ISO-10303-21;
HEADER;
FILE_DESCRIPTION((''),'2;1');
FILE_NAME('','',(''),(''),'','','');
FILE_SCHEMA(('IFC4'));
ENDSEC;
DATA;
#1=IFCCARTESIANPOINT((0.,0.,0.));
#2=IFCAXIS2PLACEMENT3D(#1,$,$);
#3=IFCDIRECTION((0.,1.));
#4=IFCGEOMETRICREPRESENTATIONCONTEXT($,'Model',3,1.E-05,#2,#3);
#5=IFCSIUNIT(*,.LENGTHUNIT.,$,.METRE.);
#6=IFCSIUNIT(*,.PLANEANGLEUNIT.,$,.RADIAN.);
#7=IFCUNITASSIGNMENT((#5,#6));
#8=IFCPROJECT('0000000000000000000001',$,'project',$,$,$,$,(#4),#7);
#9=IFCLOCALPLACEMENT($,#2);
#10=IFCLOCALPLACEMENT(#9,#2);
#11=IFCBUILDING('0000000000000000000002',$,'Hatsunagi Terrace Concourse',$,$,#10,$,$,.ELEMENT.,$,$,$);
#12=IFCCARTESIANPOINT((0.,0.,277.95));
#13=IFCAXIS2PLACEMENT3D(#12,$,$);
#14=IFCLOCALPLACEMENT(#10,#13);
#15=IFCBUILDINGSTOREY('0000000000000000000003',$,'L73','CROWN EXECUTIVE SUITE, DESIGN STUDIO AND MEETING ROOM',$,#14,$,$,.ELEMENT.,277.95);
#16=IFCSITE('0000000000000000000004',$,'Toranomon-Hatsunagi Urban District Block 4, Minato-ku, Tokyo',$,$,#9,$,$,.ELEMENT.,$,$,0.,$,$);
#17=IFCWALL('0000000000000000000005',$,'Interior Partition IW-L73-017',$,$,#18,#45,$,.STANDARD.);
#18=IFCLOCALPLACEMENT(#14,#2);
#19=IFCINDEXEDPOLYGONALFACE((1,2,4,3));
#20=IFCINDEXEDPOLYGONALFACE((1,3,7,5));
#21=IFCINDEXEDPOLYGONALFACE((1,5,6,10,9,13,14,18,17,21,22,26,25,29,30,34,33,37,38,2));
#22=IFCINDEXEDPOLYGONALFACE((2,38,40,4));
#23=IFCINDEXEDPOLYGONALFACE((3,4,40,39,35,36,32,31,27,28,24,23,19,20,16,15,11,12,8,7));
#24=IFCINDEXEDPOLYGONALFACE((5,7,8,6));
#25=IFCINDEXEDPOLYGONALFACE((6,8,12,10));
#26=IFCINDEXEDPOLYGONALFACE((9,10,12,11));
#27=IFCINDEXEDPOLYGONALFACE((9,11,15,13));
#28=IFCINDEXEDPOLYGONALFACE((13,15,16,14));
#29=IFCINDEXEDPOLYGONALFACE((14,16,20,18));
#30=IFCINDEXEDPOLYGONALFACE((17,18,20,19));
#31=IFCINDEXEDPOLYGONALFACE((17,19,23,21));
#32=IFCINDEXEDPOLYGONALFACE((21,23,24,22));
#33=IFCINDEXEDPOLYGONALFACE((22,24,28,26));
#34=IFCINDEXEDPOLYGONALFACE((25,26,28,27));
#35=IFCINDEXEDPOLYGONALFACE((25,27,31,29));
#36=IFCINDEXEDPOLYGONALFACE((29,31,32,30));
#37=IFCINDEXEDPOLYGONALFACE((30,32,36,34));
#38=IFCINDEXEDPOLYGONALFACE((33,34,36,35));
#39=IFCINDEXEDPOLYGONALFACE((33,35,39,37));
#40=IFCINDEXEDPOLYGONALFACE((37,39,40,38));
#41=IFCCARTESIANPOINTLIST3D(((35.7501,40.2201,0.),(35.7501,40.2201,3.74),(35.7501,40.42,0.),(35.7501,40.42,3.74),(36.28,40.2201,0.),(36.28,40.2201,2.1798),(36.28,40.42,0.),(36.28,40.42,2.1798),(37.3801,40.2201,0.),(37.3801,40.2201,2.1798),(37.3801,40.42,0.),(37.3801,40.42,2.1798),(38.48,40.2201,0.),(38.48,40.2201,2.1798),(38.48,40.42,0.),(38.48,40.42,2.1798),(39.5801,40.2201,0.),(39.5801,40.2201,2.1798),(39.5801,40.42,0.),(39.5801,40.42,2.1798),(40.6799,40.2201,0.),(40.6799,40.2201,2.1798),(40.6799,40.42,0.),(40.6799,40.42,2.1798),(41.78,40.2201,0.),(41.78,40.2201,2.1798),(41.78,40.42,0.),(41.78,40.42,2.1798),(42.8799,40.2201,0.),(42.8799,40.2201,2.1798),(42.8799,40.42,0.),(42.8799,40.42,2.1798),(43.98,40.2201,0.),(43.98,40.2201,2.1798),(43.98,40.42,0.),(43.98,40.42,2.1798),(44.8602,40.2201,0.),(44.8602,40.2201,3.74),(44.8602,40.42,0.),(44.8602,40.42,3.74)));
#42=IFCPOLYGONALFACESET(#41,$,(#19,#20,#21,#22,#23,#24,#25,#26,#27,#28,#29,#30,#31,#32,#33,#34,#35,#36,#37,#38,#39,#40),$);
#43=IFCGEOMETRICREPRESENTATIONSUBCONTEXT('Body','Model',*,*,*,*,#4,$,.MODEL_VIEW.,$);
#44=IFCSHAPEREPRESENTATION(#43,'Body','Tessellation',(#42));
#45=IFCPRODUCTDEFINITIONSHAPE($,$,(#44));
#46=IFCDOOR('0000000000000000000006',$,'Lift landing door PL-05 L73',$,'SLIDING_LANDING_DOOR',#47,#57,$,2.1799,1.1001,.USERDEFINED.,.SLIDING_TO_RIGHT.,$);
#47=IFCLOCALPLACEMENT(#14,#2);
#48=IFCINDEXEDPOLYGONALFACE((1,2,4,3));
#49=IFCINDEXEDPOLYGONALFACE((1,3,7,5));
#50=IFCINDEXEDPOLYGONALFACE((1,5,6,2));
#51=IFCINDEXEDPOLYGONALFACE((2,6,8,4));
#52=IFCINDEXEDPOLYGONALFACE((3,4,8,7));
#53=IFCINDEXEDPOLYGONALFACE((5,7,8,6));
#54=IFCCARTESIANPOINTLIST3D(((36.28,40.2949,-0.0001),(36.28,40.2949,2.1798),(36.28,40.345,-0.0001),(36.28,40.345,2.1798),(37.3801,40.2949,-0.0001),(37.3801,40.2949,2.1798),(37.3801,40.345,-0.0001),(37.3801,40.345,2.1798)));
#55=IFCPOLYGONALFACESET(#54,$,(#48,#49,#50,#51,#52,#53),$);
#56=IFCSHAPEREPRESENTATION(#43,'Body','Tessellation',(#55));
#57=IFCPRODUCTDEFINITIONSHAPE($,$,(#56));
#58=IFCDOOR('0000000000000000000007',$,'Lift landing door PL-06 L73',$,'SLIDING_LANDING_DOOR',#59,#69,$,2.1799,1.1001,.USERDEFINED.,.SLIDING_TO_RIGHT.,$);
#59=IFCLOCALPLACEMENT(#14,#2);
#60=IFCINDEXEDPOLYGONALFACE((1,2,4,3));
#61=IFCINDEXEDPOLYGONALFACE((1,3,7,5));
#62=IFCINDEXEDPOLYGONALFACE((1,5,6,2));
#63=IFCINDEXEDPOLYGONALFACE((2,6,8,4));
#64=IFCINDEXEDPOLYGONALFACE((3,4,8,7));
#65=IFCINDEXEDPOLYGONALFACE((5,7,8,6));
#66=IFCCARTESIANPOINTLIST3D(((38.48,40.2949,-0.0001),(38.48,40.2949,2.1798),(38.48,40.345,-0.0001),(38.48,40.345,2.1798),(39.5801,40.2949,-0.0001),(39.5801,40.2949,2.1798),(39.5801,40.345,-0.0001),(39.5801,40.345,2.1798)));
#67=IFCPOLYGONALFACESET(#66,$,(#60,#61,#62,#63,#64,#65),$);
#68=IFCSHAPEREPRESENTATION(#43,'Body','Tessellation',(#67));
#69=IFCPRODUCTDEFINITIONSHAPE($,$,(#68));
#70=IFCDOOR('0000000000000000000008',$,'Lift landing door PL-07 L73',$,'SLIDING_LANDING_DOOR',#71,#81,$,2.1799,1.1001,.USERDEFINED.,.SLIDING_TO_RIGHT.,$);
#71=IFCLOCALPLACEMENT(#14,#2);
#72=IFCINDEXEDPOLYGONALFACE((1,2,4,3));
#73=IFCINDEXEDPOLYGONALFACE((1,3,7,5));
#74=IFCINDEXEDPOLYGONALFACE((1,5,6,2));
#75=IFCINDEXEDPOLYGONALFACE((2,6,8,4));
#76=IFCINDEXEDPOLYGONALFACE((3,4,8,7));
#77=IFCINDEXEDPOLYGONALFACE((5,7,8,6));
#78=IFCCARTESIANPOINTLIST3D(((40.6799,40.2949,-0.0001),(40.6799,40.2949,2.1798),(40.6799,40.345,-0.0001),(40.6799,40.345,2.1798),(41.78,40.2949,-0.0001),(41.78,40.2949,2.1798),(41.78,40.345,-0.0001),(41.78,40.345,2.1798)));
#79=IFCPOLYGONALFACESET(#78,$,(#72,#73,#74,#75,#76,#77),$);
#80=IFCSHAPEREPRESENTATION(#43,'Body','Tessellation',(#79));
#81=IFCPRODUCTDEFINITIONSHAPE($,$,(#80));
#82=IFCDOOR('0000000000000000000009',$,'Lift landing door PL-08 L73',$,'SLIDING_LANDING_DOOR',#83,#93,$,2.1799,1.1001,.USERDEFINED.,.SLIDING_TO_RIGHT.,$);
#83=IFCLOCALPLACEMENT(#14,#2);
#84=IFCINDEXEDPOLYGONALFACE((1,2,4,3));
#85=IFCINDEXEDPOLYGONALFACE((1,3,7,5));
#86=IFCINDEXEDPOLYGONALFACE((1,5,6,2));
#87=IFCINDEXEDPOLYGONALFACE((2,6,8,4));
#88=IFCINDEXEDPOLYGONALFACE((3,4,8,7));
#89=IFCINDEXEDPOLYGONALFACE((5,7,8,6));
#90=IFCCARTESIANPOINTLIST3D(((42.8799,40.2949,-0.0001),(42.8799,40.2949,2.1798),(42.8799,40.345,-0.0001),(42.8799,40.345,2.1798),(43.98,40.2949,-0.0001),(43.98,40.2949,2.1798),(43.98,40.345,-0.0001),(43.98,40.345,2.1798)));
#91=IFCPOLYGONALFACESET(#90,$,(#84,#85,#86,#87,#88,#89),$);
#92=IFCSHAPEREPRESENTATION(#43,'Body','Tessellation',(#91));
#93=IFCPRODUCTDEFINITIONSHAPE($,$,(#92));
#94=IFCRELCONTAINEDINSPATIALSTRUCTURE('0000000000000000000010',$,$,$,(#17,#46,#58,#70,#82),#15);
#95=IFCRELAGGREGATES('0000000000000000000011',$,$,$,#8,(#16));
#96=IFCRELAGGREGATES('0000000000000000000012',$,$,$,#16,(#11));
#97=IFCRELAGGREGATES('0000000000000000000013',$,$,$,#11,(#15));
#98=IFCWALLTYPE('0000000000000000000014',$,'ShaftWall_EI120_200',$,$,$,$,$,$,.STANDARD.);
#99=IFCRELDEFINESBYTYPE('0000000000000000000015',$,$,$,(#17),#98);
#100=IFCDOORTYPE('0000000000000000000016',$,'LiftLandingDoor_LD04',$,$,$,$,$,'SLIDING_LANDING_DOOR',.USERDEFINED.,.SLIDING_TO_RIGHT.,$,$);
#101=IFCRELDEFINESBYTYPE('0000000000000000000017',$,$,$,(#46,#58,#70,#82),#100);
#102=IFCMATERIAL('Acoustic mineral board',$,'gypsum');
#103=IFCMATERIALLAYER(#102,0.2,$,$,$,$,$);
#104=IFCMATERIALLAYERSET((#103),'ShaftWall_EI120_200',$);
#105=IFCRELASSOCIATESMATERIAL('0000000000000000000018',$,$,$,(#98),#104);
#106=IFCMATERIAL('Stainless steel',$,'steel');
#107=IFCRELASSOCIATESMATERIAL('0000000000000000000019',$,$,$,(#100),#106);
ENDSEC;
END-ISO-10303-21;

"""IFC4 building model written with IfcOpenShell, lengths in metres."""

from ifc_helpers import new_model, si_unit, direction, frame, frame_2d, origin, place, context, subcontext, project, spatial, rectangle, extrude, material, layer, layer_set, type_object, element, fill, save


model = new_model("IFC4")

# Units and contexts
model_context = context("Model", 3, precision=1e-05, world=origin(), true_north=direction((0.0, 1.0)))
body_context = subcontext(model_context, "Body", "Model", "MODEL_VIEW")
ifc_project = project(units=[si_unit("LENGTHUNIT", "METRE"), si_unit("PLANEANGLEUNIT", "RADIAN")], contexts=[model_context])

# Site, building, storey
site_placement = place(None, origin())
site = spatial("IfcSite", under=ifc_project, at=site_placement, Name="Toranomon-Hatsunagi Urban District Block 4, Minato-ku, Tokyo", CompositionType="ELEMENT", RefElevation=0.0)
building_placement = place(site_placement, origin())
building = spatial("IfcBuilding", under=site, at=building_placement, Name="Hatsunagi Terrace Concourse", CompositionType="ELEMENT")
storey_placement = place(building_placement, frame((0.0, 0.0, 277.95)))
storey = spatial("IfcBuildingStorey", under=building, at=storey_placement, Name="L73", Description="CROWN EXECUTIVE SUITE, DESIGN STUDIO AND MEETING ROOM", CompositionType="ELEMENT", Elevation=277.95)

# Shared definitions
ifc_material_1 = material(Name="Acoustic mineral board", Category="gypsum")
ifc_layer_1 = layer(ifc_material_1, 0.2)
ifc_layer_set_1 = layer_set([ifc_layer_1], Name="ShaftWall_EI120_200")
wall_type_1 = type_object("IfcWallType", Name="ShaftWall_EI120_200", PredefinedType="STANDARD", material=ifc_layer_set_1)

# Wall, openings, doors
wall_1_placement = place(storey_placement, frame((35.75, 40.3201, 0.0), z_axis=(0.0, 0.0, 1.0), x_axis=(1.0, 0.0, 0.0)))
wall_1 = element("IfcWall", 1, at=wall_1_placement, inside=storey, type_object=wall_type_1, Name="Interior Partition IW-L73-017", PredefinedType="STANDARD", context=body_context, shape_type="SweptSolid", body=[
    extrude(rectangle(XDim=9.1101, YDim=0.2, at=frame_2d((4.5552, 0.0))), origin(), (0.0, 0.0, 1.0), 3.74),
])
opening_1_placement = place(wall_1_placement, frame((0.53, 0.0, 0.0)))
opening_1 = element("IfcOpeningElement", 2, at=opening_1_placement, cuts=wall_1, PredefinedType="OPENING", context=body_context, shape_type="SweptSolid", body=[
    extrude(rectangle(XDim=1.1001, YDim=2.1799, at=frame_2d((0.55, 1.0898))), frame((0.0, 0.1099, 0.0), z_axis=(0.0, -1.0, 0.0), x_axis=(1.0, 0.0, 0.0)), (0.0, 0.0, 1.0), 0.22),
])
opening_2_placement = place(wall_1_placement, frame((2.73, 0.0, 0.0)))
opening_2 = element("IfcOpeningElement", 3, at=opening_2_placement, cuts=wall_1, PredefinedType="OPENING", context=body_context, shape_type="SweptSolid", body=[
    extrude(rectangle(XDim=1.1001, YDim=2.1799, at=frame_2d((0.55, 1.0898))), frame((0.0, 0.1099, 0.0), z_axis=(0.0, -1.0, 0.0), x_axis=(1.0, 0.0, 0.0)), (0.0, 0.0, 1.0), 0.22),
])
opening_3_placement = place(wall_1_placement, frame((4.9299, 0.0, 0.0)))
opening_3 = element("IfcOpeningElement", 4, at=opening_3_placement, cuts=wall_1, PredefinedType="OPENING", context=body_context, shape_type="SweptSolid", body=[
    extrude(rectangle(XDim=1.1001, YDim=2.1799, at=frame_2d((0.55, 1.0898))), frame((0.0, 0.1099, 0.0), z_axis=(0.0, -1.0, 0.0), x_axis=(1.0, 0.0, 0.0)), (0.0, 0.0, 1.0), 0.22),
])
opening_4_placement = place(wall_1_placement, frame((7.1299, 0.0, 0.0)))
opening_4 = element("IfcOpeningElement", 5, at=opening_4_placement, cuts=wall_1, PredefinedType="OPENING", context=body_context, shape_type="SweptSolid", body=[
    extrude(rectangle(XDim=1.1001, YDim=2.1799, at=frame_2d((0.55, 1.0898))), frame((0.0, 0.1099, 0.0), z_axis=(0.0, -1.0, 0.0), x_axis=(1.0, 0.0, 0.0)), (0.0, 0.0, 1.0), 0.22),
])
ifc_material_2 = material(Name="Stainless steel", Category="steel")
door_type_1 = type_object("IfcDoorType", Name="LiftLandingDoor_LD04", ElementType="SLIDING_LANDING_DOOR", OperationType="SLIDING_TO_RIGHT", PredefinedType="USERDEFINED", material=ifc_material_2)
door_1_placement = place(opening_1_placement, origin())
door_1 = element("IfcDoor", 6, at=door_1_placement, inside=storey, type_object=door_type_1, Name="Lift landing door PL-05 L73", ObjectType="SLIDING_LANDING_DOOR", OperationType="SLIDING_TO_RIGHT", OverallHeight=2.1799, OverallWidth=1.1001, PredefinedType="USERDEFINED", context=body_context, shape_type="SweptSolid", body=[
    extrude(rectangle(XDim=1.1001, YDim=2.1799, at=frame_2d((0.55, 1.0898))), frame((0.0, 0.0249, 0.0), z_axis=(0.0, -1.0, 0.0), x_axis=(1.0, 0.0, 0.0)), (0.0, 0.0, 1.0), 0.05),
])
fill(opening_1, door_1)
door_2_placement = place(opening_2_placement, origin())
door_2 = element("IfcDoor", 7, at=door_2_placement, inside=storey, type_object=door_type_1, Name="Lift landing door PL-06 L73", ObjectType="SLIDING_LANDING_DOOR", OperationType="SLIDING_TO_RIGHT", OverallHeight=2.1799, OverallWidth=1.1001, PredefinedType="USERDEFINED", context=body_context, shape_type="SweptSolid", body=[
    extrude(rectangle(XDim=1.1001, YDim=2.1799, at=frame_2d((0.55, 1.0898))), frame((0.0, 0.0249, 0.0), z_axis=(0.0, -1.0, 0.0), x_axis=(1.0, 0.0, 0.0)), (0.0, 0.0, 1.0), 0.05),
])
fill(opening_2, door_2)
door_3_placement = place(opening_3_placement, origin())
door_3 = element("IfcDoor", 8, at=door_3_placement, inside=storey, type_object=door_type_1, Name="Lift landing door PL-07 L73", ObjectType="SLIDING_LANDING_DOOR", OperationType="SLIDING_TO_RIGHT", OverallHeight=2.1799, OverallWidth=1.1001, PredefinedType="USERDEFINED", context=body_context, shape_type="SweptSolid", body=[
    extrude(rectangle(XDim=1.1001, YDim=2.1799, at=frame_2d((0.55, 1.0898))), frame((0.0, 0.0249, 0.0), z_axis=(0.0, -1.0, 0.0), x_axis=(1.0, 0.0, 0.0)), (0.0, 0.0, 1.0), 0.05),
])
fill(opening_3, door_3)
door_4_placement = place(opening_4_placement, origin())
door_4 = element("IfcDoor", 9, at=door_4_placement, inside=storey, type_object=door_type_1, Name="Lift landing door PL-08 L73", ObjectType="SLIDING_LANDING_DOOR", OperationType="SLIDING_TO_RIGHT", OverallHeight=2.1799, OverallWidth=1.1001, PredefinedType="USERDEFINED", context=body_context, shape_type="SweptSolid", body=[
    extrude(rectangle(XDim=1.1001, YDim=2.1799, at=frame_2d((0.55, 1.0898))), frame((0.0, 0.0249, 0.0), z_axis=(0.0, -1.0, 0.0), x_axis=(1.0, 0.0, 0.0)), (0.0, 0.0, 1.0), 0.05),
])
fill(opening_4, door_4)

save(model, "model.ifc")
